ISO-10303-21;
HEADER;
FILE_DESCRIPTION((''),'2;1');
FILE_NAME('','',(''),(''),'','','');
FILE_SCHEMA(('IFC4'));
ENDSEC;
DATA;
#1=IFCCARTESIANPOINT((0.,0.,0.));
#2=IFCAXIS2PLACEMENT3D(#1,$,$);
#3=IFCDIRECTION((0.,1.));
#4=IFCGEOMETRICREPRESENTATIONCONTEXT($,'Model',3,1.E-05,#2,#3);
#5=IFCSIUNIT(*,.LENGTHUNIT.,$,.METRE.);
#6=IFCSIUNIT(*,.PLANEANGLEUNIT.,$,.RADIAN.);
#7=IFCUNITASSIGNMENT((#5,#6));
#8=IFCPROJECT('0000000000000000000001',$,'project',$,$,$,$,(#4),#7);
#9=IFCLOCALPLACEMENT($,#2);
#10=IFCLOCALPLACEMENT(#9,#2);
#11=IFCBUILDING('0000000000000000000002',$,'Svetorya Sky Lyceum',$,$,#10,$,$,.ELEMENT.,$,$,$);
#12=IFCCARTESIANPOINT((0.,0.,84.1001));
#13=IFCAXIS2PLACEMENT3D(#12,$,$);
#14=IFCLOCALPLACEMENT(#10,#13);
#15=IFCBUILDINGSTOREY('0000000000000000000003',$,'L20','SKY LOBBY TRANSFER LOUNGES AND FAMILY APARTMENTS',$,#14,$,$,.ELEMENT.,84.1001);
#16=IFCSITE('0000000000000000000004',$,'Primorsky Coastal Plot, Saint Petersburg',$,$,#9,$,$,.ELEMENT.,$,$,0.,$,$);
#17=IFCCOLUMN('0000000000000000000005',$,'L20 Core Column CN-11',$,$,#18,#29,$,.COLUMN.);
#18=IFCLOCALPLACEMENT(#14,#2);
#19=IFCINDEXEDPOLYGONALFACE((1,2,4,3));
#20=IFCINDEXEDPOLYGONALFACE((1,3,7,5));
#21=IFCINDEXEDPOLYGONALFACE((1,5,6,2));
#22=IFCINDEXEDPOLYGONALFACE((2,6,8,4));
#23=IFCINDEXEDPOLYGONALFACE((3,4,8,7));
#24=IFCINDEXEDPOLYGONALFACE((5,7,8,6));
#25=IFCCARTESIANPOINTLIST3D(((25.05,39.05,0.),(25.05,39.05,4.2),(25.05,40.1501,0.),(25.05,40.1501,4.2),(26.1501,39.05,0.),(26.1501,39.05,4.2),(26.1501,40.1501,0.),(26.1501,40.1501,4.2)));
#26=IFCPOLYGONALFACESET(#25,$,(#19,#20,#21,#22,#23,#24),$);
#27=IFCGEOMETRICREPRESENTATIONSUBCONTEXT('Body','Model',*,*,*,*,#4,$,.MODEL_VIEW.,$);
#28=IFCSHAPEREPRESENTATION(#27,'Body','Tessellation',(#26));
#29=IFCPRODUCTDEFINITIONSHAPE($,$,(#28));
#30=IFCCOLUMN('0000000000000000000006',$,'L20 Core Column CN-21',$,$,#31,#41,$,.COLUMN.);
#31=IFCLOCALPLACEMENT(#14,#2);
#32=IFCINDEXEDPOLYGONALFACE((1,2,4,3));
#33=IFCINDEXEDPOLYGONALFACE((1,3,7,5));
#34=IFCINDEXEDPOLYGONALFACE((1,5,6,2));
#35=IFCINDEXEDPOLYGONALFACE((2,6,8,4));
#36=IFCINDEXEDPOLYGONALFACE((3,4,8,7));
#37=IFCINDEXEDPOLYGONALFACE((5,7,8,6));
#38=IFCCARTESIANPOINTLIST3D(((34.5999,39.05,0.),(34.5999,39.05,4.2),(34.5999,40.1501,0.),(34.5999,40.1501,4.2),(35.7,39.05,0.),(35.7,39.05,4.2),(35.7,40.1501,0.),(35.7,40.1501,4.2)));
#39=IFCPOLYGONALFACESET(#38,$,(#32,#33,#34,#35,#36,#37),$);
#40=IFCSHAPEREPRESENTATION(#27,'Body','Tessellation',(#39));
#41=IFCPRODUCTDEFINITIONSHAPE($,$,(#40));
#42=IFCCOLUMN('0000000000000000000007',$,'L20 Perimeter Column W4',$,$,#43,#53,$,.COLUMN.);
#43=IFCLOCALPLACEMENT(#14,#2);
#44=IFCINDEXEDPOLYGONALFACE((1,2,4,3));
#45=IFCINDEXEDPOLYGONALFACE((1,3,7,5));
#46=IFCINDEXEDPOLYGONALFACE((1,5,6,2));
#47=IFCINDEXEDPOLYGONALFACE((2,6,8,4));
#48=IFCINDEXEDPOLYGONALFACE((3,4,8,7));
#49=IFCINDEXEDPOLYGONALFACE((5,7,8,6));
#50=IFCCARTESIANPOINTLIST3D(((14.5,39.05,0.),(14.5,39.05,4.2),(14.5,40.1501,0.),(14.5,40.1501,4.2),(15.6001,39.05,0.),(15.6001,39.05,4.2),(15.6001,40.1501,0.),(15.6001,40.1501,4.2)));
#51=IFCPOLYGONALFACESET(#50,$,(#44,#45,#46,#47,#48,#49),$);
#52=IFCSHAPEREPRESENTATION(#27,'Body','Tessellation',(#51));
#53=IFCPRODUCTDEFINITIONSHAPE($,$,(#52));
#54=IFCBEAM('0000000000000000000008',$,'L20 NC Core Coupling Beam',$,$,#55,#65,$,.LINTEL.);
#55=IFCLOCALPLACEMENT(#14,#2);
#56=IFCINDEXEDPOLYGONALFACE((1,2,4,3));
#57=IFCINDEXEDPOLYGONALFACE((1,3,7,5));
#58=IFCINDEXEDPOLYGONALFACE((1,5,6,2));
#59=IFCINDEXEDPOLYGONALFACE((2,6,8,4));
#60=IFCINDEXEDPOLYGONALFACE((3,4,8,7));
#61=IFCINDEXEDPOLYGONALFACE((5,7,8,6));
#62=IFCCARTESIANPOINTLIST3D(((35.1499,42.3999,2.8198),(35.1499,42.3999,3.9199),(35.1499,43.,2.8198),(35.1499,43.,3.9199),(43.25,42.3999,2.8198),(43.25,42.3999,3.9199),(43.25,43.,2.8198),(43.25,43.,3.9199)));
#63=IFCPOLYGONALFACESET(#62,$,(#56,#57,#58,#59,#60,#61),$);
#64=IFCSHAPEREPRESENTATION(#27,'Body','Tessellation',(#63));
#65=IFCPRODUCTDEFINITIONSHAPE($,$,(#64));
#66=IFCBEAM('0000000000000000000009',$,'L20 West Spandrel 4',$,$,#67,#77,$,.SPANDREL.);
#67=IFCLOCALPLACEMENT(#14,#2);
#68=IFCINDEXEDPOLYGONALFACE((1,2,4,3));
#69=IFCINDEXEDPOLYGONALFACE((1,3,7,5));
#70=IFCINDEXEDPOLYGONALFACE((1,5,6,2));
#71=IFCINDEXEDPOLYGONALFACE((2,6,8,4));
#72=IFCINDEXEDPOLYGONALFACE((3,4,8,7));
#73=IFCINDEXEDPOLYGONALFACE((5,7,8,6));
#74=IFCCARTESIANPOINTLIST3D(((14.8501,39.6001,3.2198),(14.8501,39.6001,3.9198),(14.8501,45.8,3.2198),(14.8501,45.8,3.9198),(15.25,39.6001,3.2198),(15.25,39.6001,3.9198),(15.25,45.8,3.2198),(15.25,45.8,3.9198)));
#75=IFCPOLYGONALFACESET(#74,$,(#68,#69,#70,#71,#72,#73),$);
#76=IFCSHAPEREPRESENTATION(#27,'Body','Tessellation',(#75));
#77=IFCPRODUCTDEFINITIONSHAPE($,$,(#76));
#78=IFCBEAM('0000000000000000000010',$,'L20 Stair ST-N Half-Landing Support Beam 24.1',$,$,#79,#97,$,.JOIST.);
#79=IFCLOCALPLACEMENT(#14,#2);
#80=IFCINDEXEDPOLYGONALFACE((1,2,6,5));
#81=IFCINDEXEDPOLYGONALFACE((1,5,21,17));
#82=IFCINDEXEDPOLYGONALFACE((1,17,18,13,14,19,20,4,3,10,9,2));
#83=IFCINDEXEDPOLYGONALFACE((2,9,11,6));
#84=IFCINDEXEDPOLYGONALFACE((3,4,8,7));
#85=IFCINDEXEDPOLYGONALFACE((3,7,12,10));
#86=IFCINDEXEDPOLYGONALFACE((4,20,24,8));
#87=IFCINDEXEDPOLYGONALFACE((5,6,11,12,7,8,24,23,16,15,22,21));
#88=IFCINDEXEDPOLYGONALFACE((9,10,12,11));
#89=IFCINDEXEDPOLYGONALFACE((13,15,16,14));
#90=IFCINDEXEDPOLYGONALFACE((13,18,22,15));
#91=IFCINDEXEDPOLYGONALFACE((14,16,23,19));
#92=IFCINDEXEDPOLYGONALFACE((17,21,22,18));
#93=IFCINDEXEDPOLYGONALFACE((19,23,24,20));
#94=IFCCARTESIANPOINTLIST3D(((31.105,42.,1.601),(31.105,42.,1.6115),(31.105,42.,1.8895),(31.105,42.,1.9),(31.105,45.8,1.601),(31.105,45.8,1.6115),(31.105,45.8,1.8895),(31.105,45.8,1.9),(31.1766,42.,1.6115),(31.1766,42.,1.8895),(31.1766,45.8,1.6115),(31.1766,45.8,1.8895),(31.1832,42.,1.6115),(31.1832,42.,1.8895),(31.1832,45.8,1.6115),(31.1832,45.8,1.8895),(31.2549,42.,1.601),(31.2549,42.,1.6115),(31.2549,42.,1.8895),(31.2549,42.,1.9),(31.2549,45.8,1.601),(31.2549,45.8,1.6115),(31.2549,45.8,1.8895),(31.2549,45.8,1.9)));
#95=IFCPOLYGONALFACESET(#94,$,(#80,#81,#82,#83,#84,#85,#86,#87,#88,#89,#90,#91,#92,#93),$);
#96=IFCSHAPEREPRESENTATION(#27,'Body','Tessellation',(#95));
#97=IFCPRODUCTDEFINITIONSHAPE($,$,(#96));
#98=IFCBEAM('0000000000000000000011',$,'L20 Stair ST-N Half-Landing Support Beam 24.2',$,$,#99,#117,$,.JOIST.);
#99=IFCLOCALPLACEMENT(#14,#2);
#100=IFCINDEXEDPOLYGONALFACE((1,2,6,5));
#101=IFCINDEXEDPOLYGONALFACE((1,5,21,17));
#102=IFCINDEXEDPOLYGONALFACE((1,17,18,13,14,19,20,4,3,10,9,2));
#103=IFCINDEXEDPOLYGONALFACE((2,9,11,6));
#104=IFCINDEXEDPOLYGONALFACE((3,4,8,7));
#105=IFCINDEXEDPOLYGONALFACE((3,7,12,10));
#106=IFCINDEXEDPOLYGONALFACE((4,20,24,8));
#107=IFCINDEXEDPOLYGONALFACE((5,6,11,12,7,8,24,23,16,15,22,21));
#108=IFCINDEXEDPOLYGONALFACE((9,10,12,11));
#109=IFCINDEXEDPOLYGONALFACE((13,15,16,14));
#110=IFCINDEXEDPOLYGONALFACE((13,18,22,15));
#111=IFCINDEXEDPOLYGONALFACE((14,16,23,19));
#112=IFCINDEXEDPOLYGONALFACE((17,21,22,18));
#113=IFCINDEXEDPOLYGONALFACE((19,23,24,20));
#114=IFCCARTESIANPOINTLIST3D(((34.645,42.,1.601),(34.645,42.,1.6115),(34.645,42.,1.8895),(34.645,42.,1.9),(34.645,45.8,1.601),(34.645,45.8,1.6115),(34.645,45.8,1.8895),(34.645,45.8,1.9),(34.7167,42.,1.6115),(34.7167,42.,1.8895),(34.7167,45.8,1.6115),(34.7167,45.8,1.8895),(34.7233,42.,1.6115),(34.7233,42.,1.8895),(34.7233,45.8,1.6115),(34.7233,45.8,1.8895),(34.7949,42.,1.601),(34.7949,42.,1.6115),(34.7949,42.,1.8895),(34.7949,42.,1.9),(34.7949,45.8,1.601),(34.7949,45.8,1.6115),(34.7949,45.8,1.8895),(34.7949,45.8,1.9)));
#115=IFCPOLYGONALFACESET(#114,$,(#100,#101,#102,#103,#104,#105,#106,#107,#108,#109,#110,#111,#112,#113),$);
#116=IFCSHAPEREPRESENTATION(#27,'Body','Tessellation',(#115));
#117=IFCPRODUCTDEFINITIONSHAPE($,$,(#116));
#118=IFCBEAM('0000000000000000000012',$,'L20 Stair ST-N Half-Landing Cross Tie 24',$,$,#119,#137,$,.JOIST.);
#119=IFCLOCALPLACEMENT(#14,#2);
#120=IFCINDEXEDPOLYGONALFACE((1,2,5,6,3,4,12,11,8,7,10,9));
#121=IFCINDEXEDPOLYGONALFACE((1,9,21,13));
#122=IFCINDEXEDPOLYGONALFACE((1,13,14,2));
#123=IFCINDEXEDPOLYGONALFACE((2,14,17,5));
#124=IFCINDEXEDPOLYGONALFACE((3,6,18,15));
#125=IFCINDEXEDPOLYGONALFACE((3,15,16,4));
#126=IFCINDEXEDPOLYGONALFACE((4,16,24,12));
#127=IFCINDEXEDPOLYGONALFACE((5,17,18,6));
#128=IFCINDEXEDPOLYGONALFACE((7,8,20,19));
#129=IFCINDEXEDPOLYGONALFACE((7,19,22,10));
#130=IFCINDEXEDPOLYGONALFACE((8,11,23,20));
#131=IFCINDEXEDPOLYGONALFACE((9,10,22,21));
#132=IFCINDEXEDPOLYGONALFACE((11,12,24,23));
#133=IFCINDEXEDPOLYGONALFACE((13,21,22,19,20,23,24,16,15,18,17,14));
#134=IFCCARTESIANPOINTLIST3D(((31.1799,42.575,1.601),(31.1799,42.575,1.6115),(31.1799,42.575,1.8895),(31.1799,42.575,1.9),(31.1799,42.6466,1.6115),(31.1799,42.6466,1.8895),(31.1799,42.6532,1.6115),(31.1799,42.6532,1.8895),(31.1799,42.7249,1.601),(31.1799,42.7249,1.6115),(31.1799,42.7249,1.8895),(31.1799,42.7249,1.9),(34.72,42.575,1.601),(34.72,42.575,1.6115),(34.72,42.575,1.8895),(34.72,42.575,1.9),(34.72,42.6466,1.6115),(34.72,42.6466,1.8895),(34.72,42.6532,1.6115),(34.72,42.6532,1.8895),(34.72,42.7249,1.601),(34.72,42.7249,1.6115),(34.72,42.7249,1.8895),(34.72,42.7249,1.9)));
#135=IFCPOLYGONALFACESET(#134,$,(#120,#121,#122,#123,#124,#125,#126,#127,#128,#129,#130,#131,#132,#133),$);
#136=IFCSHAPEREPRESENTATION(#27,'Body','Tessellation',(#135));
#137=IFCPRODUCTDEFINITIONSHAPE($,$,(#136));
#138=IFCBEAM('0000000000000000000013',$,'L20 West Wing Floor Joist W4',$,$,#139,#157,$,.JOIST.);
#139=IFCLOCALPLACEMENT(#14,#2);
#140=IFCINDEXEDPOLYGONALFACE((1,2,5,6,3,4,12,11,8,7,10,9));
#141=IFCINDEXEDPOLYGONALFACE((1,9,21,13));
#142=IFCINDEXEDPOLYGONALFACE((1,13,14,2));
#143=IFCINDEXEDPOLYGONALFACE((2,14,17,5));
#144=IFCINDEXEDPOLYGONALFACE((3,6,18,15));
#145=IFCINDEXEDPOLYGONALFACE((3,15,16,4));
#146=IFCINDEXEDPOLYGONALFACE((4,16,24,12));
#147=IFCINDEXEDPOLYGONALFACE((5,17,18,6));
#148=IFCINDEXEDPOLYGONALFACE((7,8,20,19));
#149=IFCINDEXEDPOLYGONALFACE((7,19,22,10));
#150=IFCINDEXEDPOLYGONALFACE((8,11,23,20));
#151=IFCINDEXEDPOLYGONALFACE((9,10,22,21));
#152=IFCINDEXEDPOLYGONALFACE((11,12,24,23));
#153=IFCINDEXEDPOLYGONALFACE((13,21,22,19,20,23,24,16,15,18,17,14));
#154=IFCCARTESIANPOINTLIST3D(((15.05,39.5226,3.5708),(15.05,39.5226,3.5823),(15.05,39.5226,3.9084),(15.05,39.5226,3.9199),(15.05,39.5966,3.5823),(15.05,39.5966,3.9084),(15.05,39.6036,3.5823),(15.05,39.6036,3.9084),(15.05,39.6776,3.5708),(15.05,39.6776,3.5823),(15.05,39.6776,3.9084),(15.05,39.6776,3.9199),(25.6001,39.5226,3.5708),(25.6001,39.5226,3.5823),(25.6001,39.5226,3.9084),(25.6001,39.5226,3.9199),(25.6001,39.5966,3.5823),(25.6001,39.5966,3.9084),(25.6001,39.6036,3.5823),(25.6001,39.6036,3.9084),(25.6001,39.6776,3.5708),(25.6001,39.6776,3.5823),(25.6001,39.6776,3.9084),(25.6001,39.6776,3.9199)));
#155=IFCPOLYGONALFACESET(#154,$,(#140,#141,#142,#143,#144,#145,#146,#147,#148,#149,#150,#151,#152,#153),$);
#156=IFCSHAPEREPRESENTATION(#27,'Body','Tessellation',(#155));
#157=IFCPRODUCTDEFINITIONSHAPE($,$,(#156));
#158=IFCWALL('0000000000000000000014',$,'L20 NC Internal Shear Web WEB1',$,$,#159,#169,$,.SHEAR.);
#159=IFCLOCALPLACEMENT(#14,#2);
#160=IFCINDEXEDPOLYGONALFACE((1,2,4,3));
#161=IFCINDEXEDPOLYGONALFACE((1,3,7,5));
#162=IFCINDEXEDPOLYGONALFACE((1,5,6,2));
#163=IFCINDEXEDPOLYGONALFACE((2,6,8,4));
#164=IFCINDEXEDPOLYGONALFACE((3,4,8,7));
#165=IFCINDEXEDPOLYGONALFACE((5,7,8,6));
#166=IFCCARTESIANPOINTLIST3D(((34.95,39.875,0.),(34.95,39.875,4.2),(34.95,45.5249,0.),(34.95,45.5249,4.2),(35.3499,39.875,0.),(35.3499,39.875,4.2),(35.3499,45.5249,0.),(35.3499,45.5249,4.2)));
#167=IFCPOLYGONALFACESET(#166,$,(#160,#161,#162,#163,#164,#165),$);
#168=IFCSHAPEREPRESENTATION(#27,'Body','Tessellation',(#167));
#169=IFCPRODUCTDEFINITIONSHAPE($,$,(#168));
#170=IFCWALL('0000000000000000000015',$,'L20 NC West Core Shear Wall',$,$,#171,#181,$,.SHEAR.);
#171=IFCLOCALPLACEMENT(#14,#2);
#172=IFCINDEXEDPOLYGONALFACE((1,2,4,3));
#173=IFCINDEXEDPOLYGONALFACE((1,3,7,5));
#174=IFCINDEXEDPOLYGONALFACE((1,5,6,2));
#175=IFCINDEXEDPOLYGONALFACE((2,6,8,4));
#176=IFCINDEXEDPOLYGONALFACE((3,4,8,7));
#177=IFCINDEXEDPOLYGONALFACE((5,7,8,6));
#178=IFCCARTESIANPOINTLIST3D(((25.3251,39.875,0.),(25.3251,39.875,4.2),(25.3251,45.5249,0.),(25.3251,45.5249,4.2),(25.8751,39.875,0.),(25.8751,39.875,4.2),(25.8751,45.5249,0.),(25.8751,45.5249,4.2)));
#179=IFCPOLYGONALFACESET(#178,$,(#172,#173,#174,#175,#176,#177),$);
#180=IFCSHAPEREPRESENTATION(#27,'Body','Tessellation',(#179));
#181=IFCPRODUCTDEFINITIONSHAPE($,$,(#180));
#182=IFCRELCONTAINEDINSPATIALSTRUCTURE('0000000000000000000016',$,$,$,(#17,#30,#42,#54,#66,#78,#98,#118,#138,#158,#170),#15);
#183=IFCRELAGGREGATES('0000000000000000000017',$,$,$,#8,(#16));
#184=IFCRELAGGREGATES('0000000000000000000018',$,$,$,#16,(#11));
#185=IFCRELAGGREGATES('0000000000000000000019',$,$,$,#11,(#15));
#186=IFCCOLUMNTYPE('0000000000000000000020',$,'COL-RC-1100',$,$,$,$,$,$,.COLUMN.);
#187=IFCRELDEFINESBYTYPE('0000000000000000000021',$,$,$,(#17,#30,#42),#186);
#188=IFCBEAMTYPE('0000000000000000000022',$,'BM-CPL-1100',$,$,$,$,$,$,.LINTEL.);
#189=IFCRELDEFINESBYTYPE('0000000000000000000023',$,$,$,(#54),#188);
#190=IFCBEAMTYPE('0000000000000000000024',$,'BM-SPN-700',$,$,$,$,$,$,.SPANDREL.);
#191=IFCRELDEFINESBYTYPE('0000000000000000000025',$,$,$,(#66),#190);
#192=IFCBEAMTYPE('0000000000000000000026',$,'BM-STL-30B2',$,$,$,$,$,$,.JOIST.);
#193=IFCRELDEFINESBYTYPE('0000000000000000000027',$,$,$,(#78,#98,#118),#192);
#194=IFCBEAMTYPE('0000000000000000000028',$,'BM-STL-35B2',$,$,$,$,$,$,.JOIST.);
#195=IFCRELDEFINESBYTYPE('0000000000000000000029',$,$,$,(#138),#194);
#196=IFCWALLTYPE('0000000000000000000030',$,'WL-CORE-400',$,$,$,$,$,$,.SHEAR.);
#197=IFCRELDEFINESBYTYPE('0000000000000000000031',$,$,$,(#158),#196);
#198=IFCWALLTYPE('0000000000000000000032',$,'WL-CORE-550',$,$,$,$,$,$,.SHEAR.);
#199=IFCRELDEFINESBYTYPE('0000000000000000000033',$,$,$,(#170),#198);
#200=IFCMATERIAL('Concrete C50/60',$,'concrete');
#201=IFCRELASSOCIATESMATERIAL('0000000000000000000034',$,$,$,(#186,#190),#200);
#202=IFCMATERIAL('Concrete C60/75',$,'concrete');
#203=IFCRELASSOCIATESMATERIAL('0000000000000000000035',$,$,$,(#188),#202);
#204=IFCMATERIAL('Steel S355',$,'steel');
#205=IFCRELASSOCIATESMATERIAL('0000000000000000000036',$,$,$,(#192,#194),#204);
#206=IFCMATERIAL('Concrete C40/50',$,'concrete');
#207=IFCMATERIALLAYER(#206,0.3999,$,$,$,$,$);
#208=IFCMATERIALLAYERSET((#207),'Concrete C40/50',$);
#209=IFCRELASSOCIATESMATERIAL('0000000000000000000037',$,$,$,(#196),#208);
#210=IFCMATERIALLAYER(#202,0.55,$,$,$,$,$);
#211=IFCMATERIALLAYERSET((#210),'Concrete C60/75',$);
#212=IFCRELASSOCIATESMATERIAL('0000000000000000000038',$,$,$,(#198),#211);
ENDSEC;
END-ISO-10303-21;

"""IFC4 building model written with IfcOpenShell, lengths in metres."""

from ifc_helpers import new_model, si_unit, direction, frame, frame_2d, origin, origin_2d, place, context, subcontext, project, spatial, rectangle, i_section, extrude, material, layer, layer_set, material_profile, profile_set, type_object, element, save


model = new_model("IFC4")

# Units and contexts
model_context = context("Model", 3, precision=1e-05, world=origin(), true_north=direction((0.0, 1.0)))
body_context = subcontext(model_context, "Body", "Model", "MODEL_VIEW")
ifc_project = project(units=[si_unit("LENGTHUNIT", "METRE"), si_unit("PLANEANGLEUNIT", "RADIAN")], contexts=[model_context])

# Site, building, storey
site_placement = place(None, origin())
site = spatial("IfcSite", under=ifc_project, at=site_placement, Name="Primorsky Coastal Plot, Saint Petersburg", CompositionType="ELEMENT", RefElevation=0.0)
building_placement = place(site_placement, origin())
building = spatial("IfcBuilding", under=site, at=building_placement, Name="Svetorya Sky Lyceum", CompositionType="ELEMENT")
storey_placement = place(building_placement, frame((0.0, 0.0, 84.1001)))
storey = spatial("IfcBuildingStorey", under=building, at=storey_placement, Name="L20", Description="SKY LOBBY TRANSFER LOUNGES AND FAMILY APARTMENTS", CompositionType="ELEMENT", Elevation=84.1001)

# Columns
ifc_material_1 = material(Name="Concrete C50/60", Category="concrete")
ifc_material_profile_1 = material_profile(ifc_material_1, rectangle(XDim=1.1001, YDim=1.1001, at=origin_2d()), Name="RC COL 1100x1100")
ifc_profile_set_1 = profile_set([ifc_material_profile_1], Name="Concrete C50/60")
column_type = type_object("IfcColumnType", Name="COL-RC-1100", PredefinedType="COLUMN", material=ifc_profile_set_1)
for number, where, z_axis, x_axis, name in (
    (1, (25.6001, 39.6001, 0.0), (0.0, 0.0, 1.0), (1.0, 0.0, 0.0), "L20 Core Column CN-11"),
    (2, (35.1499, 39.6001, 0.0), (0.0, 0.0, 1.0), (1.0, 0.0, 0.0), "L20 Core Column CN-21"),
    (3, (15.05, 39.6001, 0.0), (0.0, 0.0, 1.0), (1.0, 0.0, 0.0), "L20 Perimeter Column W4"),
):
    element("IfcColumn", number, at=place(storey_placement, frame(where, z_axis=z_axis, x_axis=x_axis)), inside=storey, type_object=column_type, Name=name, PredefinedType="COLUMN", context=body_context, shape_type="SweptSolid", body=[
        extrude(rectangle(XDim=1.1001, YDim=1.1001, at=origin_2d()), origin(), (0.0, 0.0, 1.0), 4.2),
    ])

# Beams
ifc_material_2 = material(Name="Concrete C60/75", Category="concrete")
ifc_material_profile_2 = material_profile(ifc_material_2, rectangle(XDim=0.6001, YDim=1.1001, at=origin_2d()), Name="RC COUPLING 600x1100")
ifc_profile_set_2 = profile_set([ifc_material_profile_2], Name="Concrete C60/75")
beam_type_1 = type_object("IfcBeamType", Name="BM-CPL-1100", PredefinedType="LINTEL", material=ifc_profile_set_2)
beam_1_placement = place(storey_placement, frame((35.1499, 42.7, 3.3699), z_axis=(1.0, 0.0, 0.0), x_axis=(0.0, 1.0, 0.0)))
element("IfcBeam", 4, at=beam_1_placement, inside=storey, type_object=beam_type_1, Name="L20 NC Core Coupling Beam", PredefinedType="LINTEL", context=body_context, shape_type="SweptSolid", body=[
    extrude(rectangle(XDim=0.6001, YDim=1.1001, at=origin_2d()), origin(), (0.0, 0.0, 1.0), 8.1001),
])
ifc_material_profile_3 = material_profile(ifc_material_1, rectangle(XDim=0.3999, YDim=0.7, at=origin_2d()), Name="RC SPANDREL 400x700")
ifc_profile_set_3 = profile_set([ifc_material_profile_3], Name="Concrete C50/60")
beam_type_2 = type_object("IfcBeamType", Name="BM-SPN-700", PredefinedType="SPANDREL", material=ifc_profile_set_3)
beam_2_placement = place(storey_placement, frame((15.05, 39.6001, 3.5698), z_axis=(0.0, 1.0, 0.0), x_axis=(-1.0, 0.0, 0.0)))
element("IfcBeam", 5, at=beam_2_placement, inside=storey, type_object=beam_type_2, Name="L20 West Spandrel 4", PredefinedType="SPANDREL", context=body_context, shape_type="SweptSolid", body=[
    extrude(rectangle(XDim=0.3999, YDim=0.7, at=origin_2d()), origin(), (0.0, 0.0, 1.0), 6.2),
])
ifc_material_3 = material(Name="Steel S355", Category="steel")
ifc_material_profile_4 = material_profile(ifc_material_3, i_section(OverallWidth=0.1499, OverallDepth=0.2991, WebThickness=0.0066, FlangeThickness=0.0105, at=origin_2d()), Name="GOST 30B2")
ifc_profile_set_4 = profile_set([ifc_material_profile_4], Name="Steel S355")
beam_type_3 = type_object("IfcBeamType", Name="BM-STL-30B2", PredefinedType="JOIST", material=ifc_profile_set_4)
for number, where, z_axis, x_axis, name in (
    (6, (31.1799, 42.0, 1.7505), (0.0, 1.0, 0.0), (-1.0, 0.0, 0.0), "L20 Stair ST-N Half-Landing Support Beam 24.1"),
    (7, (34.72, 42.0, 1.7505), (0.0, 1.0, 0.0), (-1.0, 0.0, 0.0), "L20 Stair ST-N Half-Landing Support Beam 24.2"),
):
    element("IfcBeam", number, at=place(storey_placement, frame(where, z_axis=z_axis, x_axis=x_axis)), inside=storey, type_object=beam_type_3, Name=name, PredefinedType="JOIST", context=body_context, shape_type="SweptSolid", body=[
        extrude(i_section(OverallWidth=0.1499, OverallDepth=0.2991, WebThickness=0.0066, FlangeThickness=0.0105, at=origin_2d()), origin(), (0.0, 0.0, 1.0), 3.8),
    ])
beam_3_placement = place(storey_placement, frame((31.1799, 42.6499, 1.7505), z_axis=(1.0, 0.0, 0.0), x_axis=(0.0, 1.0, 0.0)))
element("IfcBeam", 8, at=beam_3_placement, inside=storey, type_object=beam_type_3, Name="L20 Stair ST-N Half-Landing Cross Tie 24", PredefinedType="JOIST", context=body_context, shape_type="SweptSolid", body=[
    extrude(i_section(OverallWidth=0.1499, OverallDepth=0.2991, WebThickness=0.0066, FlangeThickness=0.0105, at=origin_2d()), origin(), (0.0, 0.0, 1.0), 3.54),
])
ifc_material_profile_5 = material_profile(ifc_material_3, i_section(OverallWidth=0.155, OverallDepth=0.3491, WebThickness=0.0071, FlangeThickness=0.0115, at=origin_2d()), Name="GOST 35B2")
ifc_profile_set_5 = profile_set([ifc_material_profile_5], Name="Steel S355")
beam_type_4 = type_object("IfcBeamType", Name="BM-STL-35B2", PredefinedType="JOIST", material=ifc_profile_set_5)
beam_4_placement = place(storey_placement, frame((15.05, 39.6001, 3.7454), z_axis=(1.0, 0.0, 0.0), x_axis=(0.0, 1.0, 0.0)))
element("IfcBeam", 9, at=beam_4_placement, inside=storey, type_object=beam_type_4, Name="L20 West Wing Floor Joist W4", PredefinedType="JOIST", context=body_context, shape_type="SweptSolid", body=[
    extrude(i_section(OverallWidth=0.155, OverallDepth=0.3491, WebThickness=0.0071, FlangeThickness=0.0115, at=origin_2d()), origin(), (0.0, 0.0, 1.0), 10.55),
])

# Walls
ifc_material_4 = material(Name="Concrete C40/50", Category="concrete")
ifc_layer_1 = layer(ifc_material_4, 0.3999)
ifc_layer_set_1 = layer_set([ifc_layer_1], Name="Concrete C40/50")
wall_type_1 = type_object("IfcWallType", Name="WL-CORE-400", PredefinedType="SHEAR", material=ifc_layer_set_1)
wall_1_placement = place(storey_placement, frame((35.1499, 39.875, 0.0), z_axis=(0.0, 0.0, 1.0), x_axis=(0.0, 1.0, 0.0)))
element("IfcWall", 10, at=wall_1_placement, inside=storey, type_object=wall_type_1, Name="L20 NC Internal Shear Web WEB1", PredefinedType="SHEAR", context=body_context, shape_type="SweptSolid", body=[
    extrude(rectangle(XDim=5.6499, YDim=0.3999, at=frame_2d((2.825, 0.0))), origin(), (0.0, 0.0, 1.0), 4.2),
])
ifc_layer_2 = layer(ifc_material_2, 0.55)
ifc_layer_set_2 = layer_set([ifc_layer_2], Name="Concrete C60/75")
wall_type_2 = type_object("IfcWallType", Name="WL-CORE-550", PredefinedType="SHEAR", material=ifc_layer_set_2)
wall_2_placement = place(storey_placement, frame((25.6001, 39.875, 0.0), z_axis=(0.0, 0.0, 1.0), x_axis=(0.0, 1.0, 0.0)))
element("IfcWall", 11, at=wall_2_placement, inside=storey, type_object=wall_type_2, Name="L20 NC West Core Shear Wall", PredefinedType="SHEAR", context=body_context, shape_type="SweptSolid", body=[
    extrude(rectangle(XDim=5.6499, YDim=0.55, at=frame_2d((2.825, 0.0))), origin(), (0.0, 0.0, 1.0), 4.2),
])

save(model, "model.ifc")
